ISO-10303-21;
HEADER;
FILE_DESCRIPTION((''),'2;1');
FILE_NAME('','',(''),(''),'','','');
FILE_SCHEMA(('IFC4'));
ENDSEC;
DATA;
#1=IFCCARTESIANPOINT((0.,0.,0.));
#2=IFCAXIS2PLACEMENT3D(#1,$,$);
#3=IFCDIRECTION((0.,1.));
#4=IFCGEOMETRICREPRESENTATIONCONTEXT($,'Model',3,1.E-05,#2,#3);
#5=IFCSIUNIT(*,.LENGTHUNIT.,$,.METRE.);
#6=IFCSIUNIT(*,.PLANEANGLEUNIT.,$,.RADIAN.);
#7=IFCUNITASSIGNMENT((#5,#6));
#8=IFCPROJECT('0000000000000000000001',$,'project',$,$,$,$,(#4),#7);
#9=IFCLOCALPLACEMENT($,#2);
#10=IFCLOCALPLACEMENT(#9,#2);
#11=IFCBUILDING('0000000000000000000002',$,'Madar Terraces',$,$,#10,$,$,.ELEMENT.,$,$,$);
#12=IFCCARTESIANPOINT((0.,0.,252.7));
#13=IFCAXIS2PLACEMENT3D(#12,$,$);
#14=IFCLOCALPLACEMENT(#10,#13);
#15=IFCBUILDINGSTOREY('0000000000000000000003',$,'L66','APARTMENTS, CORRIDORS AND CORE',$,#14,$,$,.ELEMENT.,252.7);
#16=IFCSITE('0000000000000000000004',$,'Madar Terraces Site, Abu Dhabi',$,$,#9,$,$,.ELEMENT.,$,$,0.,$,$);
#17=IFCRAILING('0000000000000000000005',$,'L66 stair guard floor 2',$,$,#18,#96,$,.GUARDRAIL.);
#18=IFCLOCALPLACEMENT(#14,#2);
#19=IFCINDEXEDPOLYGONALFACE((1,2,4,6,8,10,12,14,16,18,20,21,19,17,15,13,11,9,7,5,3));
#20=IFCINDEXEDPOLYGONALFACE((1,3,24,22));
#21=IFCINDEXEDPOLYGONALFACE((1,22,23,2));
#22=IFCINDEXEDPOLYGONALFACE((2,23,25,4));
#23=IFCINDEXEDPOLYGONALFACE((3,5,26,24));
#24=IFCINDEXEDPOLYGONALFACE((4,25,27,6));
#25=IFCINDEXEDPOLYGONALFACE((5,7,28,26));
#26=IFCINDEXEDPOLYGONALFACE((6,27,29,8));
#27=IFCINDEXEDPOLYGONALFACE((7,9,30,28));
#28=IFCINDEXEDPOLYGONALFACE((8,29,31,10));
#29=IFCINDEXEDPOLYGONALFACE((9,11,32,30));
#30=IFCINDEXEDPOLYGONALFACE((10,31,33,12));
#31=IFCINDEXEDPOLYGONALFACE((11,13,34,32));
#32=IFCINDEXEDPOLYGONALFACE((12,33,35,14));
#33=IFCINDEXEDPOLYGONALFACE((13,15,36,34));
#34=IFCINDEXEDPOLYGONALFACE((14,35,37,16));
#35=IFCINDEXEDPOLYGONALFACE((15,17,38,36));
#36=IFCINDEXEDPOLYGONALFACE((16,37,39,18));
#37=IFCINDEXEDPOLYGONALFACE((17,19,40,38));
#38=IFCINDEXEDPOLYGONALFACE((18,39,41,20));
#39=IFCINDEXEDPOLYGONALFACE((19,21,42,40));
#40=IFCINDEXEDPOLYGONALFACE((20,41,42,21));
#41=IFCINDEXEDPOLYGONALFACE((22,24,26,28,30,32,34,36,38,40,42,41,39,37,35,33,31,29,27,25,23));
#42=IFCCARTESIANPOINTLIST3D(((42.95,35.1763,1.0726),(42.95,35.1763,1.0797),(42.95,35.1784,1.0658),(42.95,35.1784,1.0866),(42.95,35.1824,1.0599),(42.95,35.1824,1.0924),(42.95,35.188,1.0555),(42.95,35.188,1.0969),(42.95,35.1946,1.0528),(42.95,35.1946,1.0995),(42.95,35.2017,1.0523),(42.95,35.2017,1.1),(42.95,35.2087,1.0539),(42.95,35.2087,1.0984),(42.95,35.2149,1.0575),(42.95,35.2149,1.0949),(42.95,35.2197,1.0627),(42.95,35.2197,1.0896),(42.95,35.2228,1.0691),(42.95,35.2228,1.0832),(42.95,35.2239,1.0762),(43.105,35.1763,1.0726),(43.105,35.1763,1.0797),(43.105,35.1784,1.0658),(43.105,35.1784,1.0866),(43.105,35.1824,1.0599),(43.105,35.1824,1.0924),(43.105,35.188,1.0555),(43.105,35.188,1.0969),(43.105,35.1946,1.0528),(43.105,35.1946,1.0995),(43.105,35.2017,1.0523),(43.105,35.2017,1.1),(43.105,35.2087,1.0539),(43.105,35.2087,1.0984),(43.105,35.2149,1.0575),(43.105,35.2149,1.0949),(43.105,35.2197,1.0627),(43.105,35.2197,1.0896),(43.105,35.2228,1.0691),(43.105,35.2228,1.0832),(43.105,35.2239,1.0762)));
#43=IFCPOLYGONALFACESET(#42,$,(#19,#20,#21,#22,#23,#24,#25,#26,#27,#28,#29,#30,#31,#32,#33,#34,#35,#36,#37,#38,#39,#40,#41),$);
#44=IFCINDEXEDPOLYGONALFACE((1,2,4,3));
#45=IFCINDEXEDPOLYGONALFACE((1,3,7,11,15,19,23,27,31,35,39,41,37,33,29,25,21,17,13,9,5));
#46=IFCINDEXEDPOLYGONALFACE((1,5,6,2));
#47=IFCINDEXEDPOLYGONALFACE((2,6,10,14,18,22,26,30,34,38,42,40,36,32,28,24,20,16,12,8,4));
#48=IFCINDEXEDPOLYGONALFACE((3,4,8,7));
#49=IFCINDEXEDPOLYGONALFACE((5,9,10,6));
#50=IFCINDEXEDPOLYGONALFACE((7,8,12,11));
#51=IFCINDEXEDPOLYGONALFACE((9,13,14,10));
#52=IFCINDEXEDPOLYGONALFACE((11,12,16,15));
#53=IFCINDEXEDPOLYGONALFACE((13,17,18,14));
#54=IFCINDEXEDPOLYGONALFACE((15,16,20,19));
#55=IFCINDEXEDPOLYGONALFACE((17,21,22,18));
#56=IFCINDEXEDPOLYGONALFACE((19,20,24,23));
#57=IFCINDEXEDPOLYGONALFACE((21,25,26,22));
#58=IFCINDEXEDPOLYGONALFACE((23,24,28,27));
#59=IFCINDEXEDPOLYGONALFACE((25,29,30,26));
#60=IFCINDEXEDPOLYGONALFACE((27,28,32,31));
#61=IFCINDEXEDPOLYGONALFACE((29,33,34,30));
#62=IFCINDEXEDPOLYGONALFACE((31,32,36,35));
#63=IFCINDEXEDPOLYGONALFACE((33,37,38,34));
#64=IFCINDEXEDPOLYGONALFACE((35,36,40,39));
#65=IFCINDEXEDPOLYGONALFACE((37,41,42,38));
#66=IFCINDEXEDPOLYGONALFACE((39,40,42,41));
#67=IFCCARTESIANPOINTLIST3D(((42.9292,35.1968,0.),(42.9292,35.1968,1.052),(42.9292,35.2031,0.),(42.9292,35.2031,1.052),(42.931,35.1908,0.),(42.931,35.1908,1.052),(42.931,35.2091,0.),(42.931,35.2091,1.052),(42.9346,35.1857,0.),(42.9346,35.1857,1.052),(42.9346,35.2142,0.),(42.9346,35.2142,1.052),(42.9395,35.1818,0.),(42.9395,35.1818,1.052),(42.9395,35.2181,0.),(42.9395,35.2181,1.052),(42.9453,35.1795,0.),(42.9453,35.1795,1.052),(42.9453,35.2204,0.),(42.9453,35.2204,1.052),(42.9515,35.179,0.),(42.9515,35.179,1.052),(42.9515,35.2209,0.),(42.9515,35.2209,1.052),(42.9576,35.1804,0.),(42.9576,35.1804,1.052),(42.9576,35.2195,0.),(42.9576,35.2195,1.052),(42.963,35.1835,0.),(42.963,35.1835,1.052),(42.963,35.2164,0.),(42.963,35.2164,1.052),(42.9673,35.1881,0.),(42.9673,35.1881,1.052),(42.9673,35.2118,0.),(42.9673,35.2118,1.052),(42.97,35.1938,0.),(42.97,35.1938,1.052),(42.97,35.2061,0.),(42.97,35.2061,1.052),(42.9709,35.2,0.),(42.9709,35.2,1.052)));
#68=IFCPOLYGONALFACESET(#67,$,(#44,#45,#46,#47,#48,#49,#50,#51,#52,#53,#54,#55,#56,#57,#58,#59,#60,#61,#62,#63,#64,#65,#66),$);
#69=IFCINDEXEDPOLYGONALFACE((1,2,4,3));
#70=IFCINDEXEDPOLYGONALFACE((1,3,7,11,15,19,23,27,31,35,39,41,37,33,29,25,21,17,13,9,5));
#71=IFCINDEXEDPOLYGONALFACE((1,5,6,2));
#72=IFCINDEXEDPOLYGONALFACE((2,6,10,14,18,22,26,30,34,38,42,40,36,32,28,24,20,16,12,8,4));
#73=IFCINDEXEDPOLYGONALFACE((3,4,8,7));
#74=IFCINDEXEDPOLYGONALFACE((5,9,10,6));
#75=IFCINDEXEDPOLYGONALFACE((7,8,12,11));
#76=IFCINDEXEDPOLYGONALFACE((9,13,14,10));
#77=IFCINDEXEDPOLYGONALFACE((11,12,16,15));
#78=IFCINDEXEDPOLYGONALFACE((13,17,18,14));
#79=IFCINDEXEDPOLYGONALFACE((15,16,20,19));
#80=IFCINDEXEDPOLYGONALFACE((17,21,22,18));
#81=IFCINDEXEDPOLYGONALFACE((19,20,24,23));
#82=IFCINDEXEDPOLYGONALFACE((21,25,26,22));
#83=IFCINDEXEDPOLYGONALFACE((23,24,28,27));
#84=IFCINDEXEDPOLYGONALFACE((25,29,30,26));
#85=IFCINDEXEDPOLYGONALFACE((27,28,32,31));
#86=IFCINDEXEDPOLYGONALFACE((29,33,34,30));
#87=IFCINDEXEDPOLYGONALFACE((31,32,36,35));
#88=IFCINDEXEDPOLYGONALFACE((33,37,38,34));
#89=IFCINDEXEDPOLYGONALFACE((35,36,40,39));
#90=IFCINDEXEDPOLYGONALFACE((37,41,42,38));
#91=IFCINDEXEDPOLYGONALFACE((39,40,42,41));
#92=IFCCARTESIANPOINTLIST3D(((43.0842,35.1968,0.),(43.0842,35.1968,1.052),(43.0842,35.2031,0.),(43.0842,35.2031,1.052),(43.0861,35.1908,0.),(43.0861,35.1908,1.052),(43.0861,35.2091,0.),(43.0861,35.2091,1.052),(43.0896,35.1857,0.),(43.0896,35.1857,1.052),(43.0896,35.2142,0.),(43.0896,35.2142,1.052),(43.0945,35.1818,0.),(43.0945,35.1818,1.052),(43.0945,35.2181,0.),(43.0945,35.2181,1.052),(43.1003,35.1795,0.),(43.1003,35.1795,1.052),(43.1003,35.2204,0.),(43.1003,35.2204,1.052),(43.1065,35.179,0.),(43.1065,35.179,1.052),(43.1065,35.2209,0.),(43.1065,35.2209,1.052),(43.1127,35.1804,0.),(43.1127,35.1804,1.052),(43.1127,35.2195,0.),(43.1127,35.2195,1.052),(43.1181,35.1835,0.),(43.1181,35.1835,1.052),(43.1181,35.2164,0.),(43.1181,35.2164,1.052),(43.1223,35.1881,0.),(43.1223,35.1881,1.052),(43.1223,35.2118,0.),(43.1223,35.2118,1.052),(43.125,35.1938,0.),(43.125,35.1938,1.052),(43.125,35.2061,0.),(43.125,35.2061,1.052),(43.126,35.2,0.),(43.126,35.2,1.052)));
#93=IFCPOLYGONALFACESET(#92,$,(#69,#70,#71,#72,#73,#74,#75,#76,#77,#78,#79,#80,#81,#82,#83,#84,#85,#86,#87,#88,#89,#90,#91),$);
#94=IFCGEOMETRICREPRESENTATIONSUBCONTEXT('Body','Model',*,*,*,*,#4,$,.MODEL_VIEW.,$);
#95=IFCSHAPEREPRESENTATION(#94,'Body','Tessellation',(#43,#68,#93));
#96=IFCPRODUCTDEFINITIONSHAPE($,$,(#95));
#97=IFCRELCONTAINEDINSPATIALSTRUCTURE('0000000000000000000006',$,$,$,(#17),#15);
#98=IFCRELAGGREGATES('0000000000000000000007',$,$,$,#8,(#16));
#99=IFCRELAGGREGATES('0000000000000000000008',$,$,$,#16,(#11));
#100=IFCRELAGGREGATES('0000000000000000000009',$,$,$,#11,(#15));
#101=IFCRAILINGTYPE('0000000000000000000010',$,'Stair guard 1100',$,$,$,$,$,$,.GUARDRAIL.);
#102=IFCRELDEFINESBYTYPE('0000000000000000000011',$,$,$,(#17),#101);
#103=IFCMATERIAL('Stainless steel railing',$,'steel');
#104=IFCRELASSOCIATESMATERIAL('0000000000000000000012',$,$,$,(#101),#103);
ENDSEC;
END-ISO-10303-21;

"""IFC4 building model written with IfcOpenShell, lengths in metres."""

from ifc_helpers import new_model, si_unit, direction, frame, origin, origin_2d, place, context, subcontext, project, spatial, circle, extrude, material, type_object, element, save


model = new_model("IFC4")

# Units and contexts
model_context = context("Model", 3, precision=1e-05, world=origin(), true_north=direction((0.0, 1.0)))
body_context = subcontext(model_context, "Body", "Model", "MODEL_VIEW")
ifc_project = project(units=[si_unit("LENGTHUNIT", "METRE"), si_unit("PLANEANGLEUNIT", "RADIAN")], contexts=[model_context])

# Site, building, storey
site_placement = place(None, origin())
site = spatial("IfcSite", under=ifc_project, at=site_placement, Name="Madar Terraces Site, Abu Dhabi", CompositionType="ELEMENT", RefElevation=0.0)
building_placement = place(site_placement, origin())
building = spatial("IfcBuilding", under=site, at=building_placement, Name="Madar Terraces", CompositionType="ELEMENT")
storey_placement = place(building_placement, frame((0.0, 0.0, 252.7)))
storey = spatial("IfcBuildingStorey", under=building, at=storey_placement, Name="L66", Description="APARTMENTS, CORRIDORS AND CORE", CompositionType="ELEMENT", Elevation=252.7)

# Railing
ifc_material_1 = material(Name="Stainless steel railing", Category="steel")
railing_type_1 = type_object("IfcRailingType", Name="Stair guard 1100", PredefinedType="GUARDRAIL", material=ifc_material_1)
for number, where, name in (
    (1, (42.95, 35.2, 0.0), "L66 stair guard floor 2"),
):
    element("IfcRailing", number, at=place(storey_placement, frame(where)), inside=storey, type_object=railing_type_1, Name=name, PredefinedType="GUARDRAIL", context=body_context, shape_type="SweptSolid", body=[
        extrude(circle(Radius=0.0239, at=origin_2d()), frame((0.0, 0.0, 1.0762), z_axis=(1.0, 0.0, 0.0), x_axis=(0.0, 1.0, 0.0)), (0.0, 0.0, 1.0), 0.155),
        extrude(circle(Radius=0.021, at=origin_2d()), origin(), (0.0, 0.0, 1.0), 1.052),
        extrude(circle(Radius=0.021, at=origin_2d()), frame((0.155, 0.0, 0.0)), (0.0, 0.0, 1.0), 1.052),
    ])

save(model, "model.ifc")
